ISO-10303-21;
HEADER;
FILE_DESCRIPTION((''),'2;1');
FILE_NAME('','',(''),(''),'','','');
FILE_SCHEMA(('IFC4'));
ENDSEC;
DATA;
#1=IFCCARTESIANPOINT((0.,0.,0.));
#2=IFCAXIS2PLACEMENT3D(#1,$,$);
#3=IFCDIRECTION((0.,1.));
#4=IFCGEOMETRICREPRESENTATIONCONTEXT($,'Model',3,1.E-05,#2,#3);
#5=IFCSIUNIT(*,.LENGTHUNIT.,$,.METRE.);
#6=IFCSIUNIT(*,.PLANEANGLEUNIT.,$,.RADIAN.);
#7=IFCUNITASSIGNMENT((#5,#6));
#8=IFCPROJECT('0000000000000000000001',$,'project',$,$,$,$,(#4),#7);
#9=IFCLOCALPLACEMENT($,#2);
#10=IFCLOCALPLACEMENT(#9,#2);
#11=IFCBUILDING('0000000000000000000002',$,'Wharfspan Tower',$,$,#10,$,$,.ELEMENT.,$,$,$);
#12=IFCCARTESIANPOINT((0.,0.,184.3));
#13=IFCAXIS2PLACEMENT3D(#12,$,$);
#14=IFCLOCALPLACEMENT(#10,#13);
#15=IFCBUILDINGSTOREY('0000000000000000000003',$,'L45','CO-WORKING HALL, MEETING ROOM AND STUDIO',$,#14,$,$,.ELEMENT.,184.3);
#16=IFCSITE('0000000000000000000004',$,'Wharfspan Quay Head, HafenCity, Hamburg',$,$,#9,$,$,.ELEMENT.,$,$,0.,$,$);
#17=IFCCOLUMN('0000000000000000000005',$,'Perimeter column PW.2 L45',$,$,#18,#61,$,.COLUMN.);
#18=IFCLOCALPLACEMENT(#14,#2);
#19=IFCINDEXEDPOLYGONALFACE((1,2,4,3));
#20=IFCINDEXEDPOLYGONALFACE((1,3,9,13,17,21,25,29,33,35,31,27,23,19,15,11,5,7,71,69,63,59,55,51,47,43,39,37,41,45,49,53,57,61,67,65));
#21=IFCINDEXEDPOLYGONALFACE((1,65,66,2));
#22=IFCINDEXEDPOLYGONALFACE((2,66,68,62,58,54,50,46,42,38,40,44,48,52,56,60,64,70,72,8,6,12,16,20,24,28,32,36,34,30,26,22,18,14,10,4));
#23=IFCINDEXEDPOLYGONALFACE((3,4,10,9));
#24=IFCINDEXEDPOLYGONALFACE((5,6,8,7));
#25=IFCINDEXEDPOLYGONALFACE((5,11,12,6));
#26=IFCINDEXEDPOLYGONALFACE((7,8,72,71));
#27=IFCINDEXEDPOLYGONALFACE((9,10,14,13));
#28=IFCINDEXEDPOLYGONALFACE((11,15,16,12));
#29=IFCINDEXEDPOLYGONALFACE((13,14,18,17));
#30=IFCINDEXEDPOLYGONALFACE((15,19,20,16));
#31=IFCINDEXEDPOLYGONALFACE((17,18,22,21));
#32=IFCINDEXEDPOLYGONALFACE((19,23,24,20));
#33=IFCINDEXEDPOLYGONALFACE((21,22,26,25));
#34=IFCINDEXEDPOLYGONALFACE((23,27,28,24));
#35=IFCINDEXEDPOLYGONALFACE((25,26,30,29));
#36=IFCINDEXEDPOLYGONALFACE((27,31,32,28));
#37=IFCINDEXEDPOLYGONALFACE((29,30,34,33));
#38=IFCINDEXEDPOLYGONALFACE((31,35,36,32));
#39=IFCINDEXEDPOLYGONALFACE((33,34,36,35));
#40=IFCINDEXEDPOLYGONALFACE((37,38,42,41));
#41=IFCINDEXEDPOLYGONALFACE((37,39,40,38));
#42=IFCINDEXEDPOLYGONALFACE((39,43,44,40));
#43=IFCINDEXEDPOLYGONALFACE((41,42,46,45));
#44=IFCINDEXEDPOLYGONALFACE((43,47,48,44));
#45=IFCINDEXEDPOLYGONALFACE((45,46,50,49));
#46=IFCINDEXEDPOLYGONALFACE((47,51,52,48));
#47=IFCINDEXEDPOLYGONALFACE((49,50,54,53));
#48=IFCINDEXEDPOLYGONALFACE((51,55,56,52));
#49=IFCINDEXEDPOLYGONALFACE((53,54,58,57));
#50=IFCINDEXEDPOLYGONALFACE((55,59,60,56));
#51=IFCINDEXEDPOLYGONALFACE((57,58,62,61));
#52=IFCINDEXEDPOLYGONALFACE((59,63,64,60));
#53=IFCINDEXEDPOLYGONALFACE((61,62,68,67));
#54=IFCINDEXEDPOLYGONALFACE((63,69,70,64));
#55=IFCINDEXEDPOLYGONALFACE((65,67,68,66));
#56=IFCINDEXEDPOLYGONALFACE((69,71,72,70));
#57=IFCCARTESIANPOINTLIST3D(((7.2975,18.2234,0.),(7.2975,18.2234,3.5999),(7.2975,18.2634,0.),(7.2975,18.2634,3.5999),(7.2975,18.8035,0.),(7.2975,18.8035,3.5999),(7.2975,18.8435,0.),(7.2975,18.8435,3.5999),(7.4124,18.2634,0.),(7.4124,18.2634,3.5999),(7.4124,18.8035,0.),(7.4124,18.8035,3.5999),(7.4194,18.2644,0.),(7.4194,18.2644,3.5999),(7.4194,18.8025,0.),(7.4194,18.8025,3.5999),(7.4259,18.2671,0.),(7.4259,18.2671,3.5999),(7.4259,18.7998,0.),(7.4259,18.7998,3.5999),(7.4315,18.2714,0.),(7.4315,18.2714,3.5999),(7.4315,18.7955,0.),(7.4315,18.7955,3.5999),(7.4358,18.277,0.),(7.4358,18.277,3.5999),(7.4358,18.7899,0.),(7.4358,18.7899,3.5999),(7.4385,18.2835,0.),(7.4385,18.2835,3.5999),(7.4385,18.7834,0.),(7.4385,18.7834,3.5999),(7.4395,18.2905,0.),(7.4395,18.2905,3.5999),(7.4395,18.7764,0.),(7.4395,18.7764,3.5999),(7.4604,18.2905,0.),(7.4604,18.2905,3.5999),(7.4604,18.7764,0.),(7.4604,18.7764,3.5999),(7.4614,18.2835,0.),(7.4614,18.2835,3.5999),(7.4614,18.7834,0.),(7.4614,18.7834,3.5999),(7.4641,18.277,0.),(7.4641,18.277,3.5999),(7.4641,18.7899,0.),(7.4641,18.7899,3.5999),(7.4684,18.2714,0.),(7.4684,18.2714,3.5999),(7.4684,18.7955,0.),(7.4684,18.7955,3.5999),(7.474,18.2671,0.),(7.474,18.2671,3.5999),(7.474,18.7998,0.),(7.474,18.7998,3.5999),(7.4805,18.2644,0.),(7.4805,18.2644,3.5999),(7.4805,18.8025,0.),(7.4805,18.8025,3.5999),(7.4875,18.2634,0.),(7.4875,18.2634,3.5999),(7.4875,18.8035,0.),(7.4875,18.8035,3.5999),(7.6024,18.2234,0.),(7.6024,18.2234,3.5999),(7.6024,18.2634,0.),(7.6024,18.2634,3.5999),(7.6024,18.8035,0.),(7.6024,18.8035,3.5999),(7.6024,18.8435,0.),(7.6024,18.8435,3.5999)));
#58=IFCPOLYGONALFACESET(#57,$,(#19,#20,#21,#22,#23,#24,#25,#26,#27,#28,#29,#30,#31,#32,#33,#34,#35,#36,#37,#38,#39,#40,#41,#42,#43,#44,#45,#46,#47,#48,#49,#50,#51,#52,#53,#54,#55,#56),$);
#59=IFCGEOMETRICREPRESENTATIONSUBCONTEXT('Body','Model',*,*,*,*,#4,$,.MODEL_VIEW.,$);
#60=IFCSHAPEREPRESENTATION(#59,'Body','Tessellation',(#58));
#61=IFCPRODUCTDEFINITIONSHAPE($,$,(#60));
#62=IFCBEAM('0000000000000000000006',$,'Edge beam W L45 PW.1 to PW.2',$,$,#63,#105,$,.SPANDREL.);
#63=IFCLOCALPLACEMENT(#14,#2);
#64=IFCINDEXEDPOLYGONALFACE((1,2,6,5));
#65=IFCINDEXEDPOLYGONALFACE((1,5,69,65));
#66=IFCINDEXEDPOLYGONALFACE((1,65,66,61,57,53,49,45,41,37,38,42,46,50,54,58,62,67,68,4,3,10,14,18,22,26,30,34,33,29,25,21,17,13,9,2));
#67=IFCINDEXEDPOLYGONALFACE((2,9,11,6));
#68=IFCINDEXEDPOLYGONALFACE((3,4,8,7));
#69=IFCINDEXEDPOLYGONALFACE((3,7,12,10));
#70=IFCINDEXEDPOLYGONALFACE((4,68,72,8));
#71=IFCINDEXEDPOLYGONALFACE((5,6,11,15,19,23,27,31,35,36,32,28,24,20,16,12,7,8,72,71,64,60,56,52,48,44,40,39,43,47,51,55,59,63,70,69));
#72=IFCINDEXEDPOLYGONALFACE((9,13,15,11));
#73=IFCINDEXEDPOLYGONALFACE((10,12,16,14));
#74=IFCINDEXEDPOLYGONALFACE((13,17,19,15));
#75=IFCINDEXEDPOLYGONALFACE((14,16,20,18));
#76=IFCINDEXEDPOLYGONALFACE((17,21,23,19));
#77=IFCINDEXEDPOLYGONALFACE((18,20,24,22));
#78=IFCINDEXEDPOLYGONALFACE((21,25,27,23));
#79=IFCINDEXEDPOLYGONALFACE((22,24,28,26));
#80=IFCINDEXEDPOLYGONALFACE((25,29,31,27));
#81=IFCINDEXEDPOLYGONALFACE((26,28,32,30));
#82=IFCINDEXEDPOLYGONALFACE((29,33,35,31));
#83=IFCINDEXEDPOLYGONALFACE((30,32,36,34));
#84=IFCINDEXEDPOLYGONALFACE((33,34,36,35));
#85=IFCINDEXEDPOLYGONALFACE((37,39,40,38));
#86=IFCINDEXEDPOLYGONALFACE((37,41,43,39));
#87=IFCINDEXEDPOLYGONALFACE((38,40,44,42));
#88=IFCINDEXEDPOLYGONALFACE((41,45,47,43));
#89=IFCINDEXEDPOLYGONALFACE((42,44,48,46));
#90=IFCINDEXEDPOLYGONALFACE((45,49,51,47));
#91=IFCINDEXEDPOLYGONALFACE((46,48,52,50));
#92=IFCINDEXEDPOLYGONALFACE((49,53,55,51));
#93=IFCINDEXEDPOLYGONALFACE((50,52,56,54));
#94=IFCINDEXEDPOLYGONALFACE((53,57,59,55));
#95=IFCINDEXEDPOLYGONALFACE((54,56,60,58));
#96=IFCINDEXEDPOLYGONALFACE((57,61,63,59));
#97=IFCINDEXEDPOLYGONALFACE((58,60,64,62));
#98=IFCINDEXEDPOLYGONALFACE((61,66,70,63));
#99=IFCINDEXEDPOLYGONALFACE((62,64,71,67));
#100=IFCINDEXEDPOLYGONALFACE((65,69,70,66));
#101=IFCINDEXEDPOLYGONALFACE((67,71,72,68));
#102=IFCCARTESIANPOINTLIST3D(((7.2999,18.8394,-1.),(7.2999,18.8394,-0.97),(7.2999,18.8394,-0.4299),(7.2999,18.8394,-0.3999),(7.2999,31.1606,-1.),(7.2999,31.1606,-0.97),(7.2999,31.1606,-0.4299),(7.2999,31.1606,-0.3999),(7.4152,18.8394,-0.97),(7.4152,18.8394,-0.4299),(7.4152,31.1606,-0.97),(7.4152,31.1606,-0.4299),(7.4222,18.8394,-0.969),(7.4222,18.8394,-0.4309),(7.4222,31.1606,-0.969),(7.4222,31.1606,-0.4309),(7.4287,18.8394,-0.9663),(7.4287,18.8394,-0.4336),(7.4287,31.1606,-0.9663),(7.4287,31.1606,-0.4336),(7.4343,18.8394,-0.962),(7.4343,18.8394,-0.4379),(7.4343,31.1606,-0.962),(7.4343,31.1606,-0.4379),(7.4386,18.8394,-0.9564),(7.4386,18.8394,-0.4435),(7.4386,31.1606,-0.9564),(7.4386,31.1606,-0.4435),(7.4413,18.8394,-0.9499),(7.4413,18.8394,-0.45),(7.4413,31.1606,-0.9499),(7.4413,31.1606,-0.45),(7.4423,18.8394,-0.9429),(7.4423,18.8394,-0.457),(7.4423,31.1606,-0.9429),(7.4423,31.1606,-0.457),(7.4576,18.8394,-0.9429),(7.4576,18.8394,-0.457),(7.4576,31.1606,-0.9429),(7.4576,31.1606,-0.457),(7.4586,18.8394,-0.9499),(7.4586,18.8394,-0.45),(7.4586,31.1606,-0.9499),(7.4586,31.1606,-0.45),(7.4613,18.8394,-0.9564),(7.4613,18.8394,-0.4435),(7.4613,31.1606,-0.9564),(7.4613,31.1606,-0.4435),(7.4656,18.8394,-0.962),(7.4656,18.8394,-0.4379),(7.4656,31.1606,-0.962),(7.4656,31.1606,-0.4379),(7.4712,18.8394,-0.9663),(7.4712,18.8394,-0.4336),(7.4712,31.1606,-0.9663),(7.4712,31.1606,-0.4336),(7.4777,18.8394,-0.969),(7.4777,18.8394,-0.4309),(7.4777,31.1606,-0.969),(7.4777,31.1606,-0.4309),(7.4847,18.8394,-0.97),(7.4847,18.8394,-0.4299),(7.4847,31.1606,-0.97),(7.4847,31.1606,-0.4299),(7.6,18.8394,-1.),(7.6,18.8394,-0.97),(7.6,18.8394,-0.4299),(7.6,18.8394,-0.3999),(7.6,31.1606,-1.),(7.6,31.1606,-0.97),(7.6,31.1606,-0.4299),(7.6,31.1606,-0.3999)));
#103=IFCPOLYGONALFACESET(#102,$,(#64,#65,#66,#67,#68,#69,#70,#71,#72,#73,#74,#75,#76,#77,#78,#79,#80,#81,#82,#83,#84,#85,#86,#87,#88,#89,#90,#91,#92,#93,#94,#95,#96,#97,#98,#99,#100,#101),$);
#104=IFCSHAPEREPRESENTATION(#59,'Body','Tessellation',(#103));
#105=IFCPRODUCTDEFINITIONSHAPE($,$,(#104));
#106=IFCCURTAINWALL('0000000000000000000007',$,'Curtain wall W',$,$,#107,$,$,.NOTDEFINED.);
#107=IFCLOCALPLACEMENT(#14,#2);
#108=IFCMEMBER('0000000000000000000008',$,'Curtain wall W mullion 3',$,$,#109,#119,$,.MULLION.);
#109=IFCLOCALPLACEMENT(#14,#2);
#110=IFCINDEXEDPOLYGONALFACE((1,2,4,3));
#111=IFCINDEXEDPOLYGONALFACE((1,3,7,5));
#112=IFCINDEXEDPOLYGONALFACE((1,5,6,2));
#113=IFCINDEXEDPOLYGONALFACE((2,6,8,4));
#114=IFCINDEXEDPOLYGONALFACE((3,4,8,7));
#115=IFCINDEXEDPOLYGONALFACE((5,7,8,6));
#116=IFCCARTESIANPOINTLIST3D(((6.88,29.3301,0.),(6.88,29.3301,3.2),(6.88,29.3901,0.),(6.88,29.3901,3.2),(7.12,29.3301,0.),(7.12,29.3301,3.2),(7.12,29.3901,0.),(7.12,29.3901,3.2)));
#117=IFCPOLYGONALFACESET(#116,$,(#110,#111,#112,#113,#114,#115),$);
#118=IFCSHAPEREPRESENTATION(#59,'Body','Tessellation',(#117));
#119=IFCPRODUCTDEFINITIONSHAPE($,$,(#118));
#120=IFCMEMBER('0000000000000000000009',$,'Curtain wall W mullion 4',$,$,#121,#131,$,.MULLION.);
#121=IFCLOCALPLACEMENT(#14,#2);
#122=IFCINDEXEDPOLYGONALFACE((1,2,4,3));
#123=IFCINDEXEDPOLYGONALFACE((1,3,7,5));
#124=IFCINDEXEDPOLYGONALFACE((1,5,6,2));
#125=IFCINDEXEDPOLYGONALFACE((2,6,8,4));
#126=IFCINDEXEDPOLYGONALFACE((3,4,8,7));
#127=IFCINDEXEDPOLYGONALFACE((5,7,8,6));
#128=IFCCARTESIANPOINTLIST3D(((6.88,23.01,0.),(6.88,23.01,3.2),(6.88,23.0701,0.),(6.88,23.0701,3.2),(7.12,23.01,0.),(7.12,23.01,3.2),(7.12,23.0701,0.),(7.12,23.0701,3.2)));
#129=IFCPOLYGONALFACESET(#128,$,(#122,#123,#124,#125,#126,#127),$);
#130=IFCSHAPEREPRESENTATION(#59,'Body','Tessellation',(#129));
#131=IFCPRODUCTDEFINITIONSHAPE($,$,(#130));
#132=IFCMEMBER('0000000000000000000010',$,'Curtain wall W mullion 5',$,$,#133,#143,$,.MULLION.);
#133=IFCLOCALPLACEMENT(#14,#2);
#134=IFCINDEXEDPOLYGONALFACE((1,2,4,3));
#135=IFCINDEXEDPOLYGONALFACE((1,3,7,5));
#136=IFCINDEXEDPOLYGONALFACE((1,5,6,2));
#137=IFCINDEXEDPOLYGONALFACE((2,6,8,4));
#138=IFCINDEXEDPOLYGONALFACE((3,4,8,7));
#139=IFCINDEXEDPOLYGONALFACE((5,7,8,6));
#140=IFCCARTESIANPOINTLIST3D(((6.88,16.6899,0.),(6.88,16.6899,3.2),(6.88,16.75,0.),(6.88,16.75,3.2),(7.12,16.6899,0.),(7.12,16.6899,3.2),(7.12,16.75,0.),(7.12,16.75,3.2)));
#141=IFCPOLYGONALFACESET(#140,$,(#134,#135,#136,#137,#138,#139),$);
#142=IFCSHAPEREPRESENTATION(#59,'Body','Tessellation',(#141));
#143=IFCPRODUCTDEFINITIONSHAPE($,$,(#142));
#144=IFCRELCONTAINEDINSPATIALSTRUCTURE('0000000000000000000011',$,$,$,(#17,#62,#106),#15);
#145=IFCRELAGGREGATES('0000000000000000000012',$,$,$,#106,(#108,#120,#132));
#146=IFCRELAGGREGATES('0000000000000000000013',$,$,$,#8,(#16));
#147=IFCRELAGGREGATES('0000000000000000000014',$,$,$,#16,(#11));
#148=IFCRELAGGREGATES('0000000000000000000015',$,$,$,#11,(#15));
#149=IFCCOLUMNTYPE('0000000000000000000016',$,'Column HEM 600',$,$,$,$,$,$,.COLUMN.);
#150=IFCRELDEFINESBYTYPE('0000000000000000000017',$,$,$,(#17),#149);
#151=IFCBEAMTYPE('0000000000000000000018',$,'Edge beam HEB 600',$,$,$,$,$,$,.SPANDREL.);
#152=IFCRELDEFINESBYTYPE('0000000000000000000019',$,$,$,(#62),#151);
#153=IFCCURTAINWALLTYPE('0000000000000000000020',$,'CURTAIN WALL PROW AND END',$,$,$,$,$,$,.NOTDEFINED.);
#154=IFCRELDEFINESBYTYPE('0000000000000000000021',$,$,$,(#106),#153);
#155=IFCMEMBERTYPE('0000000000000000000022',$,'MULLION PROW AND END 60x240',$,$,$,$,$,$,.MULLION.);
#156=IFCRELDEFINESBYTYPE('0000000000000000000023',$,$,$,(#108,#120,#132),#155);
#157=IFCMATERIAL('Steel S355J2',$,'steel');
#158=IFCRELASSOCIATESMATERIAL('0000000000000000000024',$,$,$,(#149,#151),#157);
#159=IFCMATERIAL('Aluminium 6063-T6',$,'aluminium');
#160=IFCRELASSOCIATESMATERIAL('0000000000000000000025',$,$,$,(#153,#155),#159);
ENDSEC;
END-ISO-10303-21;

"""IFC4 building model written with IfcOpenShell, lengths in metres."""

from ifc_helpers import new_model, si_unit, direction, frame, origin, origin_2d, place, context, subcontext, project, spatial, rectangle, i_section, extrude, material, material_profile, profile_set, type_object, element, aggregate, save


model = new_model("IFC4")

# Units and contexts
model_context = context("Model", 3, precision=1e-05, world=origin(), true_north=direction((0.0, 1.0)))
body_context = subcontext(model_context, "Body", "Model", "MODEL_VIEW")
ifc_project = project(units=[si_unit("LENGTHUNIT", "METRE"), si_unit("PLANEANGLEUNIT", "RADIAN")], contexts=[model_context])

# Site, building, storey
site_placement = place(None, origin())
site = spatial("IfcSite", under=ifc_project, at=site_placement, Name="Wharfspan Quay Head, HafenCity, Hamburg", CompositionType="ELEMENT", RefElevation=0.0)
building_placement = place(site_placement, origin())
building = spatial("IfcBuilding", under=site, at=building_placement, Name="Wharfspan Tower", CompositionType="ELEMENT")
storey_placement = place(building_placement, frame((0.0, 0.0, 184.3)))
storey = spatial("IfcBuildingStorey", under=building, at=storey_placement, Name="L45", Description="CO-WORKING HALL, MEETING ROOM AND STUDIO", CompositionType="ELEMENT", Elevation=184.3)

# Column
ifc_material_1 = material(Name="Steel S355J2", Category="steel")
ifc_material_profile_1 = material_profile(ifc_material_1, i_section(OverallWidth=0.3049, OverallDepth=0.6201, WebThickness=0.021, FlangeThickness=0.04, FilletRadius=0.0271, at=origin_2d()))
ifc_profile_set_1 = profile_set([ifc_material_profile_1], Name="Steel S355J2")
column_type = type_object("IfcColumnType", Name="Column HEM 600", PredefinedType="COLUMN", material=ifc_profile_set_1)
column_placement = place(storey_placement, frame((7.45, 18.5334, 0.0), z_axis=(0.0, 0.0, 1.0), x_axis=(-1.0, 0.0, 0.0)))
element("IfcColumn", 1, at=column_placement, inside=storey, type_object=column_type, Name="Perimeter column PW.2 L45", PredefinedType="COLUMN", context=body_context, shape_type="SweptSolid", body=[
    extrude(i_section(OverallWidth=0.3049, OverallDepth=0.6201, WebThickness=0.021, FlangeThickness=0.04, FilletRadius=0.0271, at=origin_2d()), origin(), (0.0, 0.0, 1.0), 3.5999),
])

# Beam
ifc_material_profile_2 = material_profile(ifc_material_1, i_section(OverallWidth=0.3, OverallDepth=0.6001, WebThickness=0.0154, FlangeThickness=0.03, FilletRadius=0.0271, at=origin_2d()))
ifc_profile_set_2 = profile_set([ifc_material_profile_2], Name="Steel S355J2")
beam_type = type_object("IfcBeamType", Name="Edge beam HEB 600", PredefinedType="SPANDREL", material=ifc_profile_set_2)
beam_placement = place(storey_placement, frame((7.45, 31.1606, -0.7), z_axis=(0.0, -1.0, 0.0), x_axis=(1.0, 0.0, 0.0)))
element("IfcBeam", 2, at=beam_placement, inside=storey, type_object=beam_type, Name="Edge beam W L45 PW.1 to PW.2", PredefinedType="SPANDREL", context=body_context, shape_type="SweptSolid", body=[
    extrude(i_section(OverallWidth=0.3, OverallDepth=0.6001, WebThickness=0.0154, FlangeThickness=0.03, FilletRadius=0.0271, at=origin_2d()), origin(), (0.0, 0.0, 1.0), 12.3213),
])

# Curtain wall, members
ifc_material_2 = material(Name="Aluminium 6063-T6", Category="aluminium")
curtain_wall_type = type_object("IfcCurtainWallType", Name="CURTAIN WALL PROW AND END", PredefinedType="NOTDEFINED", material=ifc_material_2)
curtain_wall_placement = place(storey_placement, origin())
curtain_wall = element("IfcCurtainWall", 3, at=curtain_wall_placement, inside=storey, type_object=curtain_wall_type, Name="Curtain wall W", PredefinedType="NOTDEFINED")
ifc_material_profile_3 = material_profile(ifc_material_2, rectangle(XDim=0.24, YDim=0.0601, at=origin_2d()))
ifc_profile_set_3 = profile_set([ifc_material_profile_3], Name="Aluminium 6063-T6")
member_type_1 = type_object("IfcMemberType", Name="MULLION PROW AND END 60x240", PredefinedType="MULLION", material=ifc_profile_set_3)
member_1_placement = place(storey_placement, frame((7.0, 29.3601, 0.0), z_axis=(0.0, 0.0, 1.0), x_axis=(1.0, 0.0, 0.0)))
member_1 = element("IfcMember", 4, at=member_1_placement, type_object=member_type_1, Name="Curtain wall W mullion 3", PredefinedType="MULLION", context=body_context, shape_type="SweptSolid", body=[
    extrude(rectangle(XDim=0.24, YDim=0.0601, at=origin_2d()), origin(), (0.0, 0.0, 1.0), 3.2),
])
member_2_placement = place(storey_placement, frame((7.0, 23.04, 0.0), z_axis=(0.0, 0.0, 1.0), x_axis=(1.0, 0.0, 0.0)))
member_2 = element("IfcMember", 5, at=member_2_placement, type_object=member_type_1, Name="Curtain wall W mullion 4", PredefinedType="MULLION", context=body_context, shape_type="SweptSolid", body=[
    extrude(rectangle(XDim=0.24, YDim=0.0601, at=origin_2d()), origin(), (0.0, 0.0, 1.0), 3.2),
])
member_3_placement = place(storey_placement, frame((7.0, 16.72, 0.0), z_axis=(0.0, 0.0, 1.0), x_axis=(1.0, 0.0, 0.0)))
member_3 = element("IfcMember", 6, at=member_3_placement, type_object=member_type_1, Name="Curtain wall W mullion 5", PredefinedType="MULLION", context=body_context, shape_type="SweptSolid", body=[
    extrude(rectangle(XDim=0.24, YDim=0.0601, at=origin_2d()), origin(), (0.0, 0.0, 1.0), 3.2),
])

aggregate(curtain_wall, [member_1, member_2, member_3])

save(model, "model.ifc")
